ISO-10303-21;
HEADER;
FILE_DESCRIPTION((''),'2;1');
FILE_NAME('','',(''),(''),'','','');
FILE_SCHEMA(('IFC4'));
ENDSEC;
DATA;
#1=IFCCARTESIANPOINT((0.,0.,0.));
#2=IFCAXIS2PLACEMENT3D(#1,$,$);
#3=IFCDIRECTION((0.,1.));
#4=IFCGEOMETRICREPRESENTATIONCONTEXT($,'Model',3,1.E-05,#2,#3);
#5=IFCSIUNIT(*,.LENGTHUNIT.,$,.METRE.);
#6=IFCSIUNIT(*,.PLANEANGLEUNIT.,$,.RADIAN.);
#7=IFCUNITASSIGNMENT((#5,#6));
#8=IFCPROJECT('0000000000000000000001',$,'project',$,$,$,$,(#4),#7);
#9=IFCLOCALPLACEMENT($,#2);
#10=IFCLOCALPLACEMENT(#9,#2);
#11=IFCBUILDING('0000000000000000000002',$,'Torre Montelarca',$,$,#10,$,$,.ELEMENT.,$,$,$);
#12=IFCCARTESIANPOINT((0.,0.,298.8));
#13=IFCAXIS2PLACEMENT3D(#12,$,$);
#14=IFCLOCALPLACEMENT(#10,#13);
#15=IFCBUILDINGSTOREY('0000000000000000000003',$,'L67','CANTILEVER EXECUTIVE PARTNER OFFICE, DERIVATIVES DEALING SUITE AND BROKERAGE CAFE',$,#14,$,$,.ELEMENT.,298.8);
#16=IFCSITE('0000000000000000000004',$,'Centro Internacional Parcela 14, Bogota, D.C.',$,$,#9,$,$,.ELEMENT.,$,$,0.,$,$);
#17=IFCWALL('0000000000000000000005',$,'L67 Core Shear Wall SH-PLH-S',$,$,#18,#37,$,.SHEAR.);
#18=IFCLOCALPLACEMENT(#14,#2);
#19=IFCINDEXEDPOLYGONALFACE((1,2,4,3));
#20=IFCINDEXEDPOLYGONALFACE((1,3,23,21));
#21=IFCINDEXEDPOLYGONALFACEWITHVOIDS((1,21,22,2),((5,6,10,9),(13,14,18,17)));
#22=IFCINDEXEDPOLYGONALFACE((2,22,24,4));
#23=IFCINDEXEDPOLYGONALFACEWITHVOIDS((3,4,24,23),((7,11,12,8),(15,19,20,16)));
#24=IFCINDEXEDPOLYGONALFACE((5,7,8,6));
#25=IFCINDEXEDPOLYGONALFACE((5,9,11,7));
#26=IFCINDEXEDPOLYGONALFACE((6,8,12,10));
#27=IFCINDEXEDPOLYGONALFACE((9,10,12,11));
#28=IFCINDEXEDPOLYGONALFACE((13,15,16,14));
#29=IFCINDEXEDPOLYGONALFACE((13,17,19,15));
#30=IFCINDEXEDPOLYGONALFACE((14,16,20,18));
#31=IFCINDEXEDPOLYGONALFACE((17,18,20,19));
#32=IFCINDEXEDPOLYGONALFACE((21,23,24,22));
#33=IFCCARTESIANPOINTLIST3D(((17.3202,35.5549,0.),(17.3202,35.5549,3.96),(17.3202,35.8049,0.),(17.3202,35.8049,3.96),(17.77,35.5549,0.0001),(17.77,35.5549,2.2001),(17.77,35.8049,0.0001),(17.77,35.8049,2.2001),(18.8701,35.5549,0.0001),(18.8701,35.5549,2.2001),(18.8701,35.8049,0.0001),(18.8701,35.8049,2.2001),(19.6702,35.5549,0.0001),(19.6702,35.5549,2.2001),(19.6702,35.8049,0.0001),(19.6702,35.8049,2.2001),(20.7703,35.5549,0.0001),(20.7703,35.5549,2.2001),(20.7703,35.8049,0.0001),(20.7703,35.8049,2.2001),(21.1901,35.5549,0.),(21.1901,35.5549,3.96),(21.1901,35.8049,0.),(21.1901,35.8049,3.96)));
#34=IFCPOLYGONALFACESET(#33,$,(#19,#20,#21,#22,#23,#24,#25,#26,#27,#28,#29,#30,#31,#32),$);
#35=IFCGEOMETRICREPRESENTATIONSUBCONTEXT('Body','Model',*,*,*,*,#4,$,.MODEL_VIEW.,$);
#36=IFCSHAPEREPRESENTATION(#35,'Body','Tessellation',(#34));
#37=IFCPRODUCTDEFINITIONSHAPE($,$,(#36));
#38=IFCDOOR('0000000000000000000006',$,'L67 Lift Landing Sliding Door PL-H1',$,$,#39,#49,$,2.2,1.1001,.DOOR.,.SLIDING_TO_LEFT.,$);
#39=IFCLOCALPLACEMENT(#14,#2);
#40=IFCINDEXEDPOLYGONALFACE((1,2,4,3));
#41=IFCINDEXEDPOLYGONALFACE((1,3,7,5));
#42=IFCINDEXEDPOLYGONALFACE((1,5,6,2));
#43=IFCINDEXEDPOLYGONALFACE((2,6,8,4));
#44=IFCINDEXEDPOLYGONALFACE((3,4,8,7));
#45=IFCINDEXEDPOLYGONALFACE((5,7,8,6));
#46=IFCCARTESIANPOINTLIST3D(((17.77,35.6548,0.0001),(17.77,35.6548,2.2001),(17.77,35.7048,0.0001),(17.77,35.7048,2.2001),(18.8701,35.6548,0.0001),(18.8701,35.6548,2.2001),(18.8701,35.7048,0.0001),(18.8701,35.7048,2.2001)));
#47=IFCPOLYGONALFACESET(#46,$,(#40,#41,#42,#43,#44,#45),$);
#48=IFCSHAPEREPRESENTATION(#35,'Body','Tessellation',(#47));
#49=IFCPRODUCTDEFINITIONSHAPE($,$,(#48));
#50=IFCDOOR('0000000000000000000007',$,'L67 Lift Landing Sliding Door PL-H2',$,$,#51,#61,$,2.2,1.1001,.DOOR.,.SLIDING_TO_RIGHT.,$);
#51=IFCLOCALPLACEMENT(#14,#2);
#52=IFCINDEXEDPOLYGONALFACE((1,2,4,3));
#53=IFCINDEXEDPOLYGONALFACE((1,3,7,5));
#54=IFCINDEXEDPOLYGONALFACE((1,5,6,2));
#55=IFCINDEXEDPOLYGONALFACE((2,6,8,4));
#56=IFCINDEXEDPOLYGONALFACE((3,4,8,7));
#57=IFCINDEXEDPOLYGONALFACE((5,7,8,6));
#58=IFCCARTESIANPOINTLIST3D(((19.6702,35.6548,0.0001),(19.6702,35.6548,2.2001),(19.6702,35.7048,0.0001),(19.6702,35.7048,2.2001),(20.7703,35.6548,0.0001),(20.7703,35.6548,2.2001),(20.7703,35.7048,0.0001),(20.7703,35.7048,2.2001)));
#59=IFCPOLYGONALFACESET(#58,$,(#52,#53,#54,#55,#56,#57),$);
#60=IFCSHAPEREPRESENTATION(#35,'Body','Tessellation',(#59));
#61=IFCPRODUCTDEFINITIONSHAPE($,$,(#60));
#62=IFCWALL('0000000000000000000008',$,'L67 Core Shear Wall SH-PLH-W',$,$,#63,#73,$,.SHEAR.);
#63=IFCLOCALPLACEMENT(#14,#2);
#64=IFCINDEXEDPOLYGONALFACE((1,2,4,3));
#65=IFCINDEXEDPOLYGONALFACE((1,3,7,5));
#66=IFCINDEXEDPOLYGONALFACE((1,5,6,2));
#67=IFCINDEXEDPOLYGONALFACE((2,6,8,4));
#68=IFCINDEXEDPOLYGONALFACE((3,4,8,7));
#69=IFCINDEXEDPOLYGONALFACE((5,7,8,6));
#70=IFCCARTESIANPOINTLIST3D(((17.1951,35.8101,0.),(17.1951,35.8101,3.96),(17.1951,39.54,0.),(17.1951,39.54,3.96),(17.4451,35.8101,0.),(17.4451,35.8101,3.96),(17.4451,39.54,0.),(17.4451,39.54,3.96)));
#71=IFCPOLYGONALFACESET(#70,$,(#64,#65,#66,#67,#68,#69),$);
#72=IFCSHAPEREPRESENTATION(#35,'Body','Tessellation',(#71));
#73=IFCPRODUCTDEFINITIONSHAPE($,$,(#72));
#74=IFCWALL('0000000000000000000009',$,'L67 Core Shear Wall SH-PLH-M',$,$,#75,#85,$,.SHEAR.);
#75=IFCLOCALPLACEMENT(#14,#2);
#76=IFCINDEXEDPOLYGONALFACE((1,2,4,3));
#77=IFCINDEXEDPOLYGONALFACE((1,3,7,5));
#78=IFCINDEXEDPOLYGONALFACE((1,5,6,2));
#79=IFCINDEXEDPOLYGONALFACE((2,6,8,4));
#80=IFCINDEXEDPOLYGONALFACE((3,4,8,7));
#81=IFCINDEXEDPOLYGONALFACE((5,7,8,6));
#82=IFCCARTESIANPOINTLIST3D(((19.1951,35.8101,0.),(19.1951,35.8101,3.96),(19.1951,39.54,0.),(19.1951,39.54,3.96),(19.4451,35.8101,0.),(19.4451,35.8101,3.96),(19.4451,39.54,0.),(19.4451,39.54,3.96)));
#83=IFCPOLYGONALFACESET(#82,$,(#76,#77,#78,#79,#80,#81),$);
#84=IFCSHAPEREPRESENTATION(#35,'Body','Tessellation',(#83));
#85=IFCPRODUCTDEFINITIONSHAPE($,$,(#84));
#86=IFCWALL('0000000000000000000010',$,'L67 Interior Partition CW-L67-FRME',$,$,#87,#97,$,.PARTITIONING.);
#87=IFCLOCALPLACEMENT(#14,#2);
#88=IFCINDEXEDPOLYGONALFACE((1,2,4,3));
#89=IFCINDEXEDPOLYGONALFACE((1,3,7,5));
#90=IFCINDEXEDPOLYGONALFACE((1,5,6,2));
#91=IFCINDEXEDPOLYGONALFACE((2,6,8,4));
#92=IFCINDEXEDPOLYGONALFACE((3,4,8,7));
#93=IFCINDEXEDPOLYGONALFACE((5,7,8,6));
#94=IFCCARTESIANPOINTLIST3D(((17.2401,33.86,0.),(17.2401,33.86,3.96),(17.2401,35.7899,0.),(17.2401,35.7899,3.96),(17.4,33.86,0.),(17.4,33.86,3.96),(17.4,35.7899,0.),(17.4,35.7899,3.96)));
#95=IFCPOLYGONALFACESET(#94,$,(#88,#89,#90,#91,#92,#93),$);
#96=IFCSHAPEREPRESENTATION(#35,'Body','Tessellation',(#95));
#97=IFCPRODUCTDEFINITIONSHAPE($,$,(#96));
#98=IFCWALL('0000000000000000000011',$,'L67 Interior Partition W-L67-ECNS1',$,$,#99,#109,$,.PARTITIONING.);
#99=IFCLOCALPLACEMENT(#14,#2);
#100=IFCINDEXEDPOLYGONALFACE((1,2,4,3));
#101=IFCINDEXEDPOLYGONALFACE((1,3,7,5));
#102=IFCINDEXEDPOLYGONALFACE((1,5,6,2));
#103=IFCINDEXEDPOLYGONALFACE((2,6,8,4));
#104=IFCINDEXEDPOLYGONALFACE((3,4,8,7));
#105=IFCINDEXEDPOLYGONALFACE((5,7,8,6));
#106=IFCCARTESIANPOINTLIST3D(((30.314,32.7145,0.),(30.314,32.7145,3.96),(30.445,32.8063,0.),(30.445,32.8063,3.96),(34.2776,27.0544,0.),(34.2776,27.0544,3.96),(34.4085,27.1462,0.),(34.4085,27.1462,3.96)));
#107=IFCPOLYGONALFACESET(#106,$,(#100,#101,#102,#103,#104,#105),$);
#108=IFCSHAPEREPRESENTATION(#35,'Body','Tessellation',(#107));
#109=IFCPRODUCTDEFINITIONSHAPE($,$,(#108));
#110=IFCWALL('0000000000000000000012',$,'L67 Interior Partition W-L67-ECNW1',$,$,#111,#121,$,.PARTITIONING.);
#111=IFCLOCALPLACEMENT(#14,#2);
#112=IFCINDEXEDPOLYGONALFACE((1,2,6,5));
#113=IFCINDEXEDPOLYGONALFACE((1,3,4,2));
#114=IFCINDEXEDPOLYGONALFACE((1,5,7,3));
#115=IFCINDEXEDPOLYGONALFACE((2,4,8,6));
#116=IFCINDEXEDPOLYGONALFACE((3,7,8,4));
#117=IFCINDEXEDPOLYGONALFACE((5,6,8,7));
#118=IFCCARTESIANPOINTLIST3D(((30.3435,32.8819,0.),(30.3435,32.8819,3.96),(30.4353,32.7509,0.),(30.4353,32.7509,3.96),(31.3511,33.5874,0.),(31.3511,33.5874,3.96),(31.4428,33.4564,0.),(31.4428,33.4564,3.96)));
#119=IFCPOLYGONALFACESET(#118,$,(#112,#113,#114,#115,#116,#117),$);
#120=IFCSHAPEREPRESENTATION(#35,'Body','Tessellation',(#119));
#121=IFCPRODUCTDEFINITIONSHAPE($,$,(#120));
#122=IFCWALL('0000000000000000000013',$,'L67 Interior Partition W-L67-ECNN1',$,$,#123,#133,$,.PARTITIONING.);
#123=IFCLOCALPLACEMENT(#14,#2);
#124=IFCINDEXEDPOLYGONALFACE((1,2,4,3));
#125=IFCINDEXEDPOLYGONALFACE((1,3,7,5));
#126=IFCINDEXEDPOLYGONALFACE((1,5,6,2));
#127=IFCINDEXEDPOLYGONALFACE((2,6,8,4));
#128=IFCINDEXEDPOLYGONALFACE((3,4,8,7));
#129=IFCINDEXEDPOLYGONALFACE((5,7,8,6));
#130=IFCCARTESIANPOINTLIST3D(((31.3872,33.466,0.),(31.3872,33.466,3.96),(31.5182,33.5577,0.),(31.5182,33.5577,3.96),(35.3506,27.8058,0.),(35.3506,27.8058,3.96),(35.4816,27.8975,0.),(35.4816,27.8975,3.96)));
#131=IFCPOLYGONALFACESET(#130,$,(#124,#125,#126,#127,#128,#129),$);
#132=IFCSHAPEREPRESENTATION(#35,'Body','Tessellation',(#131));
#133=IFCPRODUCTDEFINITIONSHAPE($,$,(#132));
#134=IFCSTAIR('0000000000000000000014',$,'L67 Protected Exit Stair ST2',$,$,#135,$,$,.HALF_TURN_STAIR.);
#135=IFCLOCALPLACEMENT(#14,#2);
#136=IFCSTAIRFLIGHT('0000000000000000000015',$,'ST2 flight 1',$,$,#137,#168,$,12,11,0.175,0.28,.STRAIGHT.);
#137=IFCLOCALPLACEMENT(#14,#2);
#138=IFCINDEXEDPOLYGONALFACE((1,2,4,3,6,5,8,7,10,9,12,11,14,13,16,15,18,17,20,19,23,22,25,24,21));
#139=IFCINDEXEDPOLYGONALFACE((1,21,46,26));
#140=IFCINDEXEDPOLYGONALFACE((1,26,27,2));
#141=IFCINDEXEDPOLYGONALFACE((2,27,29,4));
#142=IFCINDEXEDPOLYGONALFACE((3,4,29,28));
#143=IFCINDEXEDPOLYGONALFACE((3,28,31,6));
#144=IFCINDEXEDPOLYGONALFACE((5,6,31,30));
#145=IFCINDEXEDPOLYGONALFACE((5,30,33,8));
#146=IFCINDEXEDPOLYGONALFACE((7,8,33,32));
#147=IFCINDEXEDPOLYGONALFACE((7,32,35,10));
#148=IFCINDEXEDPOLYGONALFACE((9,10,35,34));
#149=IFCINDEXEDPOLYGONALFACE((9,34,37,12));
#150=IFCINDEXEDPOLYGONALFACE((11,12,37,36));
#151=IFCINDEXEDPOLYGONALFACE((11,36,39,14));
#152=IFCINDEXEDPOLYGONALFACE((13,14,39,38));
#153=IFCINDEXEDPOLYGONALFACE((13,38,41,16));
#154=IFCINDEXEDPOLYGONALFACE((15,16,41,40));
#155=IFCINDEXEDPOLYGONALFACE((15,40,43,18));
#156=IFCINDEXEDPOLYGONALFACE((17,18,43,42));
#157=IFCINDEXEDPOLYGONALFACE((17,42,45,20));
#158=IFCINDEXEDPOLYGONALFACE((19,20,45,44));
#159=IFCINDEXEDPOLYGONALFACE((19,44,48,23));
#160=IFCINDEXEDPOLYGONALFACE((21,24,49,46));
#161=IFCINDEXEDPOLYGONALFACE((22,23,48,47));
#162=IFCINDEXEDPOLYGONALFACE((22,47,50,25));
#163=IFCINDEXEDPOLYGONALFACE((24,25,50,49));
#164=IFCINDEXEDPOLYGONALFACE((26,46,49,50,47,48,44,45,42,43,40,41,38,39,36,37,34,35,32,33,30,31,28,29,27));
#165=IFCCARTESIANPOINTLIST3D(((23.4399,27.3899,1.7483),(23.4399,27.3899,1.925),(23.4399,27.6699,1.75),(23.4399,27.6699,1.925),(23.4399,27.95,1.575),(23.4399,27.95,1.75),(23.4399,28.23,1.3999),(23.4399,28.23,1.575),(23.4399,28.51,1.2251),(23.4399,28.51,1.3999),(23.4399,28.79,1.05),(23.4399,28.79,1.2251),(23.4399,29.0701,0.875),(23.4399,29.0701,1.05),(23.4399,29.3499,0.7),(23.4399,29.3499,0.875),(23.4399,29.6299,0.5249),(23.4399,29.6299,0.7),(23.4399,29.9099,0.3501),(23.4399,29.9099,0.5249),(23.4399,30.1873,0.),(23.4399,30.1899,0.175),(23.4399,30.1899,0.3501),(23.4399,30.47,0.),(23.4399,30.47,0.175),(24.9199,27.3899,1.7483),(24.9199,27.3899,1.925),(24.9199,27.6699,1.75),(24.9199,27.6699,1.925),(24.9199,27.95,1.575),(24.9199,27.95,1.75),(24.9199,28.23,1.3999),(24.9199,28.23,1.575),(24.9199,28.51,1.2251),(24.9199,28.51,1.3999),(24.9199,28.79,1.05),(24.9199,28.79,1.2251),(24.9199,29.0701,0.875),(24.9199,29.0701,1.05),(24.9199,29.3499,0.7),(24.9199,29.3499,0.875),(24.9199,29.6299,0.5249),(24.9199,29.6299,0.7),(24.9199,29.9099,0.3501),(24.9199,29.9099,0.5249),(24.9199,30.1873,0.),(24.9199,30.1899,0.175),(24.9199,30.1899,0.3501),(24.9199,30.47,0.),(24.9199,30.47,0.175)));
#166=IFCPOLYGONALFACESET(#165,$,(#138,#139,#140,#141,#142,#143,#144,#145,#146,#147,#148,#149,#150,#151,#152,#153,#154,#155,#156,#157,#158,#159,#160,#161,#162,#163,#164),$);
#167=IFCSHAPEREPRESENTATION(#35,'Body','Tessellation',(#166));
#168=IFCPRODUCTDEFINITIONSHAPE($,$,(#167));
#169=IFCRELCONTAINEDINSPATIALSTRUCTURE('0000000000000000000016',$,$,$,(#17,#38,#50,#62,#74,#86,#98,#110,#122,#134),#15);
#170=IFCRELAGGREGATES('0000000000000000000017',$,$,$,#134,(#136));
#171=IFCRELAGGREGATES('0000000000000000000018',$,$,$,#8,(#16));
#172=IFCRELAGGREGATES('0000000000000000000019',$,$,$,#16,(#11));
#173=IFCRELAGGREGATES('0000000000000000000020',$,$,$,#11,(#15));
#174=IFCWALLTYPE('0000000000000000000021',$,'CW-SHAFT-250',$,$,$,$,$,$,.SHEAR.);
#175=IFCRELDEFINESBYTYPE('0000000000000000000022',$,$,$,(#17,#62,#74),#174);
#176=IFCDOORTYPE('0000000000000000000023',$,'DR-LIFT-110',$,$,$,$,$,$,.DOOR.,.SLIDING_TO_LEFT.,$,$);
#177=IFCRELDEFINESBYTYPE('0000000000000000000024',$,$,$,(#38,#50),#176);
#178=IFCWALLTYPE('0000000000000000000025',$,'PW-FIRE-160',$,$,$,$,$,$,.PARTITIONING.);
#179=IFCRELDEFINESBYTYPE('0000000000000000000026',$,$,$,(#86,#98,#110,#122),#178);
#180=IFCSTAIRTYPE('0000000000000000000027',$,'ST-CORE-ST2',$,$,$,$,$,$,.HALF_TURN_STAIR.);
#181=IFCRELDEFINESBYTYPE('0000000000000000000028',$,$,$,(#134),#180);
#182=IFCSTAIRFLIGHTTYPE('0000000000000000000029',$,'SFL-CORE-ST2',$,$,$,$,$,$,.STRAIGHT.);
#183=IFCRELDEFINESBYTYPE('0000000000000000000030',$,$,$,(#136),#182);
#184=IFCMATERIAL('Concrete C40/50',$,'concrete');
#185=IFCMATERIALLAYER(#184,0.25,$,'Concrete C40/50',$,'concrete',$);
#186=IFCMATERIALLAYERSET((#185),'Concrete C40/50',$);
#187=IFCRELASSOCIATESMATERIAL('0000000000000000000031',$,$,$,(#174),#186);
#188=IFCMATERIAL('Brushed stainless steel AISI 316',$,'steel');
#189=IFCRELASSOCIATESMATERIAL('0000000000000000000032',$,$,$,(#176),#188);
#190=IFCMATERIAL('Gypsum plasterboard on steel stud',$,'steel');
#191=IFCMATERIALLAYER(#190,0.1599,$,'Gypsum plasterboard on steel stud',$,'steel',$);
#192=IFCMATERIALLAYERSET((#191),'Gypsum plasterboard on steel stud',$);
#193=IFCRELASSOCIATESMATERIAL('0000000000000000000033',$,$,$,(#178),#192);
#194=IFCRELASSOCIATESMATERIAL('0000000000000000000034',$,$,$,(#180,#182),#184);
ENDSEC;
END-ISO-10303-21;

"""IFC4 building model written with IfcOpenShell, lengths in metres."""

from ifc_helpers import new_model, si_unit, direction, frame, frame_2d, origin, place, context, subcontext, project, spatial, polyline, rectangle, outline, extrude, source, transform, mapped, material, layer, layer_set, type_object, element, fill, aggregate, save


model = new_model("IFC4")

# Units and contexts
model_context = context("Model", 3, precision=1e-05, world=origin(), true_north=direction((0.0, 1.0)))
body_context = subcontext(model_context, "Body", "Model", "MODEL_VIEW")
ifc_project = project(units=[si_unit("LENGTHUNIT", "METRE"), si_unit("PLANEANGLEUNIT", "RADIAN")], contexts=[model_context])

# Site, building, storey
site_placement = place(None, origin())
site = spatial("IfcSite", under=ifc_project, at=site_placement, Name="Centro Internacional Parcela 14, Bogota, D.C.", CompositionType="ELEMENT", RefElevation=0.0)
building_placement = place(site_placement, origin())
building = spatial("IfcBuilding", under=site, at=building_placement, Name="Torre Montelarca", CompositionType="ELEMENT")
storey_placement = place(building_placement, frame((0.0, 0.0, 298.8)))
storey = spatial("IfcBuildingStorey", under=building, at=storey_placement, Name="L67", Description="CANTILEVER EXECUTIVE PARTNER OFFICE, DERIVATIVES DEALING SUITE AND BROKERAGE CAFE", CompositionType="ELEMENT", Elevation=298.8)

# Shared definitions
ifc_material_1 = material(Name="Concrete C40/50", Category="concrete")
ifc_layer_1 = layer(ifc_material_1, 0.25, Name="Concrete C40/50", Category="concrete")
ifc_layer_set_1 = layer_set([ifc_layer_1], Name="Concrete C40/50")
wall_type_1 = type_object("IfcWallType", Name="CW-SHAFT-250", PredefinedType="SHEAR", material=ifc_layer_set_1)

# Shared definitions
ifc_material_2 = material(Name="Brushed stainless steel AISI 316", Category="steel")

# Wall, openings, doors
wall_1_placement = place(storey_placement, frame((17.3201, 35.6799, 0.0), z_axis=(0.0, 0.0, 1.0), x_axis=(1.0, 0.0, 0.0)))
wall_1 = element("IfcWall", 1, at=wall_1_placement, inside=storey, type_object=wall_type_1, Name="L67 Core Shear Wall SH-PLH-S", PredefinedType="SHEAR", context=body_context, shape_type="SweptSolid", body=[
    extrude(rectangle(XDim=3.8699, YDim=0.25, at=frame_2d((1.9351, 0.0))), origin(), (0.0, 0.0, 1.0), 3.96),
])
opening_1_placement = place(wall_1_placement, frame((0.45, 0.0, 0.0)))
opening_1 = element("IfcOpeningElement", 2, at=opening_1_placement, cuts=wall_1, PredefinedType="OPENING", context=body_context, shape_type="SweptSolid", body=[
    extrude(rectangle(XDim=1.1001, YDim=2.2, at=frame_2d((0.55, 1.1001))), frame((0.0, 0.135, 0.0), z_axis=(0.0, -1.0, 0.0), x_axis=(1.0, 0.0, 0.0)), (0.0, 0.0, 1.0), 0.27),
])
opening_2_placement = place(wall_1_placement, frame((2.3501, 0.0, 0.0)))
opening_2 = element("IfcOpeningElement", 3, at=opening_2_placement, cuts=wall_1, PredefinedType="OPENING", context=body_context, shape_type="SweptSolid", body=[
    extrude(rectangle(XDim=1.1001, YDim=2.2, at=frame_2d((0.55, 1.1001))), frame((0.0, 0.135, 0.0), z_axis=(0.0, -1.0, 0.0), x_axis=(1.0, 0.0, 0.0)), (0.0, 0.0, 1.0), 0.27),
])
door_type_1 = type_object("IfcDoorType", Name="DR-LIFT-110", OperationType="SLIDING_TO_LEFT", PredefinedType="DOOR", material=ifc_material_2)
shared_shape_1 = source(origin(), body_context, "Body", "SweptSolid", [
    extrude(rectangle(XDim=1.1001, YDim=2.2, at=frame_2d((0.55, 1.1001))), frame((0.0, 0.0249, 0.0), z_axis=(0.0, -1.0, 0.0), x_axis=(1.0, 0.0, 0.0)), (0.0, 0.0, 1.0), 0.05),
])
door_1_placement = place(opening_1_placement, origin())
door_1 = element("IfcDoor", 4, at=door_1_placement, inside=storey, type_object=door_type_1, Name="L67 Lift Landing Sliding Door PL-H1", OperationType="SLIDING_TO_LEFT", OverallHeight=2.2, OverallWidth=1.1001, PredefinedType="DOOR", context=body_context, shape_type="MappedRepresentation", body=[
    mapped(shared_shape_1, transform((0.0, 0.0, 0.0), scale=1.0)),
])
fill(opening_1, door_1)
door_2_placement = place(opening_2_placement, origin())
door_2 = element("IfcDoor", 5, at=door_2_placement, inside=storey, type_object=door_type_1, Name="L67 Lift Landing Sliding Door PL-H2", OperationType="SLIDING_TO_RIGHT", OverallHeight=2.2, OverallWidth=1.1001, PredefinedType="DOOR", context=body_context, shape_type="MappedRepresentation", body=[
    mapped(shared_shape_1, transform((0.0, 0.0, 0.0), scale=1.0)),
])
fill(opening_2, door_2)

# Walls
for number, where, z_axis, x_axis, name in (
    (6, (17.3201, 35.8101, 0.0), (0.0, 0.0, 1.0), (0.0, 1.0, 0.0), "L67 Core Shear Wall SH-PLH-W"),
    (7, (19.3201, 35.8101, 0.0), (0.0, 0.0, 1.0), (0.0, 1.0, 0.0), "L67 Core Shear Wall SH-PLH-M"),
):
    element("IfcWall", number, at=place(storey_placement, frame(where, z_axis=z_axis, x_axis=x_axis)), inside=storey, type_object=wall_type_1, Name=name, PredefinedType="SHEAR", context=body_context, shape_type="SweptSolid", body=[
        extrude(rectangle(XDim=3.73, YDim=0.25, at=frame_2d((1.865, 0.0))), origin(), (0.0, 0.0, 1.0), 3.96),
    ])
ifc_material_3 = material(Name="Gypsum plasterboard on steel stud", Category="steel")
ifc_layer_2 = layer(ifc_material_3, 0.1599, Name="Gypsum plasterboard on steel stud", Category="steel")
ifc_layer_set_2 = layer_set([ifc_layer_2], Name="Gypsum plasterboard on steel stud")
wall_type_2 = type_object("IfcWallType", Name="PW-FIRE-160", PredefinedType="PARTITIONING", material=ifc_layer_set_2)
wall_2_placement = place(storey_placement, frame((17.3201, 33.8601, 0.0), z_axis=(0.0, 0.0, 1.0), x_axis=(0.0, 1.0, 0.0)))
element("IfcWall", 8, at=wall_2_placement, inside=storey, type_object=wall_type_2, Name="L67 Interior Partition CW-L67-FRME", PredefinedType="PARTITIONING", context=body_context, shape_type="SweptSolid", body=[
    extrude(rectangle(XDim=1.9299, YDim=0.1599, at=frame_2d((0.9648, 0.0))), origin(), (0.0, 0.0, 1.0), 3.96),
])
wall_3_placement = place(storey_placement, frame((30.3794, 32.7605, 0.0), z_axis=(0.0, 0.0, 1.0), x_axis=(0.573609, -0.819129, 0.0)))
element("IfcWall", 9, at=wall_3_placement, inside=storey, type_object=wall_type_2, Name="L67 Interior Partition W-L67-ECNS1", PredefinedType="PARTITIONING", context=body_context, shape_type="SweptSolid", body=[
    extrude(rectangle(XDim=6.9099, YDim=0.1599, at=frame_2d((3.4551, 0.0))), origin(), (0.0, 0.0, 1.0), 3.96),
])
wall_4_placement = place(storey_placement, frame((30.3894, 32.8164, 0.0), z_axis=(0.0, 0.0, 1.0), x_axis=(0.819129, 0.573609, 0.0)))
element("IfcWall", 10, at=wall_4_placement, inside=storey, type_object=wall_type_2, Name="L67 Interior Partition W-L67-ECNW1", PredefinedType="PARTITIONING", context=body_context, shape_type="SweptSolid", body=[
    extrude(rectangle(XDim=1.23, YDim=0.1599, at=frame_2d((0.615, 0.0))), origin(), (0.0, 0.0, 1.0), 3.96),
])
wall_5_placement = place(storey_placement, frame((31.4526, 33.512, 0.0), z_axis=(0.0, 0.0, 1.0), x_axis=(0.573586, -0.819146, 0.0)))
element("IfcWall", 11, at=wall_5_placement, inside=storey, type_object=wall_type_2, Name="L67 Interior Partition W-L67-ECNN1", PredefinedType="PARTITIONING", context=body_context, shape_type="SweptSolid", body=[
    extrude(rectangle(XDim=6.9099, YDim=0.1599, at=frame_2d((3.4551, 0.0))), origin(), (0.0, 0.0, 1.0), 3.96),
])

# Stair, stair flight
stair_type = type_object("IfcStairType", Name="ST-CORE-ST2", PredefinedType="HALF_TURN_STAIR", material=ifc_material_1)
stair_placement = place(storey_placement, origin())
stair = element("IfcStair", 12, at=stair_placement, inside=storey, type_object=stair_type, Name="L67 Protected Exit Stair ST2", PredefinedType="HALF_TURN_STAIR")
stair_flight_type = type_object("IfcStairFlightType", Name="SFL-CORE-ST2", PredefinedType="STRAIGHT", material=ifc_material_1)
stair_flight_placement = place(storey_placement, frame((24.1799, 30.47, 0.0), z_axis=(0.0, 0.0, 1.0), x_axis=(0.0, -1.0, 0.0)))
stair_flight = element("IfcStairFlight", 13, at=stair_flight_placement, type_object=stair_flight_type, Name="ST2 flight 1", NumberOfRisers=12, NumberOfTreads=11, PredefinedType="STRAIGHT", RiserHeight=0.175, TreadLength=0.28, context=body_context, shape_type="SweptSolid", body=[
    extrude(outline(polyline([(0.0, 0.0), (0.0, 0.175), (0.28, 0.175), (0.28, 0.3501), (0.5601, 0.3501), (0.5601, 0.5249), (0.8401, 0.5249), (0.8401, 0.7), (1.1201, 0.7), (1.1201, 0.875), (1.3999, 0.875), (1.3999, 1.05), (1.6799, 1.05), (1.6799, 1.2251), (1.96, 1.2251), (1.96, 1.3999), (2.24, 1.3999), (2.24, 1.575), (2.52, 1.575), (2.52, 1.75), (2.8, 1.75), (2.8, 1.925), (3.0801, 1.925), (3.0801, 2.1001), (3.0801, 1.7483), (0.2827, 0.0), (0.0, 0.0)])), frame((0.0, 0.74, 0.0), z_axis=(0.0, -1.0, 0.0), x_axis=(1.0, 0.0, 0.0)), (0.0, 0.0, 1.0), 1.48),
])
aggregate(stair, [stair_flight])

save(model, "model.ifc")
